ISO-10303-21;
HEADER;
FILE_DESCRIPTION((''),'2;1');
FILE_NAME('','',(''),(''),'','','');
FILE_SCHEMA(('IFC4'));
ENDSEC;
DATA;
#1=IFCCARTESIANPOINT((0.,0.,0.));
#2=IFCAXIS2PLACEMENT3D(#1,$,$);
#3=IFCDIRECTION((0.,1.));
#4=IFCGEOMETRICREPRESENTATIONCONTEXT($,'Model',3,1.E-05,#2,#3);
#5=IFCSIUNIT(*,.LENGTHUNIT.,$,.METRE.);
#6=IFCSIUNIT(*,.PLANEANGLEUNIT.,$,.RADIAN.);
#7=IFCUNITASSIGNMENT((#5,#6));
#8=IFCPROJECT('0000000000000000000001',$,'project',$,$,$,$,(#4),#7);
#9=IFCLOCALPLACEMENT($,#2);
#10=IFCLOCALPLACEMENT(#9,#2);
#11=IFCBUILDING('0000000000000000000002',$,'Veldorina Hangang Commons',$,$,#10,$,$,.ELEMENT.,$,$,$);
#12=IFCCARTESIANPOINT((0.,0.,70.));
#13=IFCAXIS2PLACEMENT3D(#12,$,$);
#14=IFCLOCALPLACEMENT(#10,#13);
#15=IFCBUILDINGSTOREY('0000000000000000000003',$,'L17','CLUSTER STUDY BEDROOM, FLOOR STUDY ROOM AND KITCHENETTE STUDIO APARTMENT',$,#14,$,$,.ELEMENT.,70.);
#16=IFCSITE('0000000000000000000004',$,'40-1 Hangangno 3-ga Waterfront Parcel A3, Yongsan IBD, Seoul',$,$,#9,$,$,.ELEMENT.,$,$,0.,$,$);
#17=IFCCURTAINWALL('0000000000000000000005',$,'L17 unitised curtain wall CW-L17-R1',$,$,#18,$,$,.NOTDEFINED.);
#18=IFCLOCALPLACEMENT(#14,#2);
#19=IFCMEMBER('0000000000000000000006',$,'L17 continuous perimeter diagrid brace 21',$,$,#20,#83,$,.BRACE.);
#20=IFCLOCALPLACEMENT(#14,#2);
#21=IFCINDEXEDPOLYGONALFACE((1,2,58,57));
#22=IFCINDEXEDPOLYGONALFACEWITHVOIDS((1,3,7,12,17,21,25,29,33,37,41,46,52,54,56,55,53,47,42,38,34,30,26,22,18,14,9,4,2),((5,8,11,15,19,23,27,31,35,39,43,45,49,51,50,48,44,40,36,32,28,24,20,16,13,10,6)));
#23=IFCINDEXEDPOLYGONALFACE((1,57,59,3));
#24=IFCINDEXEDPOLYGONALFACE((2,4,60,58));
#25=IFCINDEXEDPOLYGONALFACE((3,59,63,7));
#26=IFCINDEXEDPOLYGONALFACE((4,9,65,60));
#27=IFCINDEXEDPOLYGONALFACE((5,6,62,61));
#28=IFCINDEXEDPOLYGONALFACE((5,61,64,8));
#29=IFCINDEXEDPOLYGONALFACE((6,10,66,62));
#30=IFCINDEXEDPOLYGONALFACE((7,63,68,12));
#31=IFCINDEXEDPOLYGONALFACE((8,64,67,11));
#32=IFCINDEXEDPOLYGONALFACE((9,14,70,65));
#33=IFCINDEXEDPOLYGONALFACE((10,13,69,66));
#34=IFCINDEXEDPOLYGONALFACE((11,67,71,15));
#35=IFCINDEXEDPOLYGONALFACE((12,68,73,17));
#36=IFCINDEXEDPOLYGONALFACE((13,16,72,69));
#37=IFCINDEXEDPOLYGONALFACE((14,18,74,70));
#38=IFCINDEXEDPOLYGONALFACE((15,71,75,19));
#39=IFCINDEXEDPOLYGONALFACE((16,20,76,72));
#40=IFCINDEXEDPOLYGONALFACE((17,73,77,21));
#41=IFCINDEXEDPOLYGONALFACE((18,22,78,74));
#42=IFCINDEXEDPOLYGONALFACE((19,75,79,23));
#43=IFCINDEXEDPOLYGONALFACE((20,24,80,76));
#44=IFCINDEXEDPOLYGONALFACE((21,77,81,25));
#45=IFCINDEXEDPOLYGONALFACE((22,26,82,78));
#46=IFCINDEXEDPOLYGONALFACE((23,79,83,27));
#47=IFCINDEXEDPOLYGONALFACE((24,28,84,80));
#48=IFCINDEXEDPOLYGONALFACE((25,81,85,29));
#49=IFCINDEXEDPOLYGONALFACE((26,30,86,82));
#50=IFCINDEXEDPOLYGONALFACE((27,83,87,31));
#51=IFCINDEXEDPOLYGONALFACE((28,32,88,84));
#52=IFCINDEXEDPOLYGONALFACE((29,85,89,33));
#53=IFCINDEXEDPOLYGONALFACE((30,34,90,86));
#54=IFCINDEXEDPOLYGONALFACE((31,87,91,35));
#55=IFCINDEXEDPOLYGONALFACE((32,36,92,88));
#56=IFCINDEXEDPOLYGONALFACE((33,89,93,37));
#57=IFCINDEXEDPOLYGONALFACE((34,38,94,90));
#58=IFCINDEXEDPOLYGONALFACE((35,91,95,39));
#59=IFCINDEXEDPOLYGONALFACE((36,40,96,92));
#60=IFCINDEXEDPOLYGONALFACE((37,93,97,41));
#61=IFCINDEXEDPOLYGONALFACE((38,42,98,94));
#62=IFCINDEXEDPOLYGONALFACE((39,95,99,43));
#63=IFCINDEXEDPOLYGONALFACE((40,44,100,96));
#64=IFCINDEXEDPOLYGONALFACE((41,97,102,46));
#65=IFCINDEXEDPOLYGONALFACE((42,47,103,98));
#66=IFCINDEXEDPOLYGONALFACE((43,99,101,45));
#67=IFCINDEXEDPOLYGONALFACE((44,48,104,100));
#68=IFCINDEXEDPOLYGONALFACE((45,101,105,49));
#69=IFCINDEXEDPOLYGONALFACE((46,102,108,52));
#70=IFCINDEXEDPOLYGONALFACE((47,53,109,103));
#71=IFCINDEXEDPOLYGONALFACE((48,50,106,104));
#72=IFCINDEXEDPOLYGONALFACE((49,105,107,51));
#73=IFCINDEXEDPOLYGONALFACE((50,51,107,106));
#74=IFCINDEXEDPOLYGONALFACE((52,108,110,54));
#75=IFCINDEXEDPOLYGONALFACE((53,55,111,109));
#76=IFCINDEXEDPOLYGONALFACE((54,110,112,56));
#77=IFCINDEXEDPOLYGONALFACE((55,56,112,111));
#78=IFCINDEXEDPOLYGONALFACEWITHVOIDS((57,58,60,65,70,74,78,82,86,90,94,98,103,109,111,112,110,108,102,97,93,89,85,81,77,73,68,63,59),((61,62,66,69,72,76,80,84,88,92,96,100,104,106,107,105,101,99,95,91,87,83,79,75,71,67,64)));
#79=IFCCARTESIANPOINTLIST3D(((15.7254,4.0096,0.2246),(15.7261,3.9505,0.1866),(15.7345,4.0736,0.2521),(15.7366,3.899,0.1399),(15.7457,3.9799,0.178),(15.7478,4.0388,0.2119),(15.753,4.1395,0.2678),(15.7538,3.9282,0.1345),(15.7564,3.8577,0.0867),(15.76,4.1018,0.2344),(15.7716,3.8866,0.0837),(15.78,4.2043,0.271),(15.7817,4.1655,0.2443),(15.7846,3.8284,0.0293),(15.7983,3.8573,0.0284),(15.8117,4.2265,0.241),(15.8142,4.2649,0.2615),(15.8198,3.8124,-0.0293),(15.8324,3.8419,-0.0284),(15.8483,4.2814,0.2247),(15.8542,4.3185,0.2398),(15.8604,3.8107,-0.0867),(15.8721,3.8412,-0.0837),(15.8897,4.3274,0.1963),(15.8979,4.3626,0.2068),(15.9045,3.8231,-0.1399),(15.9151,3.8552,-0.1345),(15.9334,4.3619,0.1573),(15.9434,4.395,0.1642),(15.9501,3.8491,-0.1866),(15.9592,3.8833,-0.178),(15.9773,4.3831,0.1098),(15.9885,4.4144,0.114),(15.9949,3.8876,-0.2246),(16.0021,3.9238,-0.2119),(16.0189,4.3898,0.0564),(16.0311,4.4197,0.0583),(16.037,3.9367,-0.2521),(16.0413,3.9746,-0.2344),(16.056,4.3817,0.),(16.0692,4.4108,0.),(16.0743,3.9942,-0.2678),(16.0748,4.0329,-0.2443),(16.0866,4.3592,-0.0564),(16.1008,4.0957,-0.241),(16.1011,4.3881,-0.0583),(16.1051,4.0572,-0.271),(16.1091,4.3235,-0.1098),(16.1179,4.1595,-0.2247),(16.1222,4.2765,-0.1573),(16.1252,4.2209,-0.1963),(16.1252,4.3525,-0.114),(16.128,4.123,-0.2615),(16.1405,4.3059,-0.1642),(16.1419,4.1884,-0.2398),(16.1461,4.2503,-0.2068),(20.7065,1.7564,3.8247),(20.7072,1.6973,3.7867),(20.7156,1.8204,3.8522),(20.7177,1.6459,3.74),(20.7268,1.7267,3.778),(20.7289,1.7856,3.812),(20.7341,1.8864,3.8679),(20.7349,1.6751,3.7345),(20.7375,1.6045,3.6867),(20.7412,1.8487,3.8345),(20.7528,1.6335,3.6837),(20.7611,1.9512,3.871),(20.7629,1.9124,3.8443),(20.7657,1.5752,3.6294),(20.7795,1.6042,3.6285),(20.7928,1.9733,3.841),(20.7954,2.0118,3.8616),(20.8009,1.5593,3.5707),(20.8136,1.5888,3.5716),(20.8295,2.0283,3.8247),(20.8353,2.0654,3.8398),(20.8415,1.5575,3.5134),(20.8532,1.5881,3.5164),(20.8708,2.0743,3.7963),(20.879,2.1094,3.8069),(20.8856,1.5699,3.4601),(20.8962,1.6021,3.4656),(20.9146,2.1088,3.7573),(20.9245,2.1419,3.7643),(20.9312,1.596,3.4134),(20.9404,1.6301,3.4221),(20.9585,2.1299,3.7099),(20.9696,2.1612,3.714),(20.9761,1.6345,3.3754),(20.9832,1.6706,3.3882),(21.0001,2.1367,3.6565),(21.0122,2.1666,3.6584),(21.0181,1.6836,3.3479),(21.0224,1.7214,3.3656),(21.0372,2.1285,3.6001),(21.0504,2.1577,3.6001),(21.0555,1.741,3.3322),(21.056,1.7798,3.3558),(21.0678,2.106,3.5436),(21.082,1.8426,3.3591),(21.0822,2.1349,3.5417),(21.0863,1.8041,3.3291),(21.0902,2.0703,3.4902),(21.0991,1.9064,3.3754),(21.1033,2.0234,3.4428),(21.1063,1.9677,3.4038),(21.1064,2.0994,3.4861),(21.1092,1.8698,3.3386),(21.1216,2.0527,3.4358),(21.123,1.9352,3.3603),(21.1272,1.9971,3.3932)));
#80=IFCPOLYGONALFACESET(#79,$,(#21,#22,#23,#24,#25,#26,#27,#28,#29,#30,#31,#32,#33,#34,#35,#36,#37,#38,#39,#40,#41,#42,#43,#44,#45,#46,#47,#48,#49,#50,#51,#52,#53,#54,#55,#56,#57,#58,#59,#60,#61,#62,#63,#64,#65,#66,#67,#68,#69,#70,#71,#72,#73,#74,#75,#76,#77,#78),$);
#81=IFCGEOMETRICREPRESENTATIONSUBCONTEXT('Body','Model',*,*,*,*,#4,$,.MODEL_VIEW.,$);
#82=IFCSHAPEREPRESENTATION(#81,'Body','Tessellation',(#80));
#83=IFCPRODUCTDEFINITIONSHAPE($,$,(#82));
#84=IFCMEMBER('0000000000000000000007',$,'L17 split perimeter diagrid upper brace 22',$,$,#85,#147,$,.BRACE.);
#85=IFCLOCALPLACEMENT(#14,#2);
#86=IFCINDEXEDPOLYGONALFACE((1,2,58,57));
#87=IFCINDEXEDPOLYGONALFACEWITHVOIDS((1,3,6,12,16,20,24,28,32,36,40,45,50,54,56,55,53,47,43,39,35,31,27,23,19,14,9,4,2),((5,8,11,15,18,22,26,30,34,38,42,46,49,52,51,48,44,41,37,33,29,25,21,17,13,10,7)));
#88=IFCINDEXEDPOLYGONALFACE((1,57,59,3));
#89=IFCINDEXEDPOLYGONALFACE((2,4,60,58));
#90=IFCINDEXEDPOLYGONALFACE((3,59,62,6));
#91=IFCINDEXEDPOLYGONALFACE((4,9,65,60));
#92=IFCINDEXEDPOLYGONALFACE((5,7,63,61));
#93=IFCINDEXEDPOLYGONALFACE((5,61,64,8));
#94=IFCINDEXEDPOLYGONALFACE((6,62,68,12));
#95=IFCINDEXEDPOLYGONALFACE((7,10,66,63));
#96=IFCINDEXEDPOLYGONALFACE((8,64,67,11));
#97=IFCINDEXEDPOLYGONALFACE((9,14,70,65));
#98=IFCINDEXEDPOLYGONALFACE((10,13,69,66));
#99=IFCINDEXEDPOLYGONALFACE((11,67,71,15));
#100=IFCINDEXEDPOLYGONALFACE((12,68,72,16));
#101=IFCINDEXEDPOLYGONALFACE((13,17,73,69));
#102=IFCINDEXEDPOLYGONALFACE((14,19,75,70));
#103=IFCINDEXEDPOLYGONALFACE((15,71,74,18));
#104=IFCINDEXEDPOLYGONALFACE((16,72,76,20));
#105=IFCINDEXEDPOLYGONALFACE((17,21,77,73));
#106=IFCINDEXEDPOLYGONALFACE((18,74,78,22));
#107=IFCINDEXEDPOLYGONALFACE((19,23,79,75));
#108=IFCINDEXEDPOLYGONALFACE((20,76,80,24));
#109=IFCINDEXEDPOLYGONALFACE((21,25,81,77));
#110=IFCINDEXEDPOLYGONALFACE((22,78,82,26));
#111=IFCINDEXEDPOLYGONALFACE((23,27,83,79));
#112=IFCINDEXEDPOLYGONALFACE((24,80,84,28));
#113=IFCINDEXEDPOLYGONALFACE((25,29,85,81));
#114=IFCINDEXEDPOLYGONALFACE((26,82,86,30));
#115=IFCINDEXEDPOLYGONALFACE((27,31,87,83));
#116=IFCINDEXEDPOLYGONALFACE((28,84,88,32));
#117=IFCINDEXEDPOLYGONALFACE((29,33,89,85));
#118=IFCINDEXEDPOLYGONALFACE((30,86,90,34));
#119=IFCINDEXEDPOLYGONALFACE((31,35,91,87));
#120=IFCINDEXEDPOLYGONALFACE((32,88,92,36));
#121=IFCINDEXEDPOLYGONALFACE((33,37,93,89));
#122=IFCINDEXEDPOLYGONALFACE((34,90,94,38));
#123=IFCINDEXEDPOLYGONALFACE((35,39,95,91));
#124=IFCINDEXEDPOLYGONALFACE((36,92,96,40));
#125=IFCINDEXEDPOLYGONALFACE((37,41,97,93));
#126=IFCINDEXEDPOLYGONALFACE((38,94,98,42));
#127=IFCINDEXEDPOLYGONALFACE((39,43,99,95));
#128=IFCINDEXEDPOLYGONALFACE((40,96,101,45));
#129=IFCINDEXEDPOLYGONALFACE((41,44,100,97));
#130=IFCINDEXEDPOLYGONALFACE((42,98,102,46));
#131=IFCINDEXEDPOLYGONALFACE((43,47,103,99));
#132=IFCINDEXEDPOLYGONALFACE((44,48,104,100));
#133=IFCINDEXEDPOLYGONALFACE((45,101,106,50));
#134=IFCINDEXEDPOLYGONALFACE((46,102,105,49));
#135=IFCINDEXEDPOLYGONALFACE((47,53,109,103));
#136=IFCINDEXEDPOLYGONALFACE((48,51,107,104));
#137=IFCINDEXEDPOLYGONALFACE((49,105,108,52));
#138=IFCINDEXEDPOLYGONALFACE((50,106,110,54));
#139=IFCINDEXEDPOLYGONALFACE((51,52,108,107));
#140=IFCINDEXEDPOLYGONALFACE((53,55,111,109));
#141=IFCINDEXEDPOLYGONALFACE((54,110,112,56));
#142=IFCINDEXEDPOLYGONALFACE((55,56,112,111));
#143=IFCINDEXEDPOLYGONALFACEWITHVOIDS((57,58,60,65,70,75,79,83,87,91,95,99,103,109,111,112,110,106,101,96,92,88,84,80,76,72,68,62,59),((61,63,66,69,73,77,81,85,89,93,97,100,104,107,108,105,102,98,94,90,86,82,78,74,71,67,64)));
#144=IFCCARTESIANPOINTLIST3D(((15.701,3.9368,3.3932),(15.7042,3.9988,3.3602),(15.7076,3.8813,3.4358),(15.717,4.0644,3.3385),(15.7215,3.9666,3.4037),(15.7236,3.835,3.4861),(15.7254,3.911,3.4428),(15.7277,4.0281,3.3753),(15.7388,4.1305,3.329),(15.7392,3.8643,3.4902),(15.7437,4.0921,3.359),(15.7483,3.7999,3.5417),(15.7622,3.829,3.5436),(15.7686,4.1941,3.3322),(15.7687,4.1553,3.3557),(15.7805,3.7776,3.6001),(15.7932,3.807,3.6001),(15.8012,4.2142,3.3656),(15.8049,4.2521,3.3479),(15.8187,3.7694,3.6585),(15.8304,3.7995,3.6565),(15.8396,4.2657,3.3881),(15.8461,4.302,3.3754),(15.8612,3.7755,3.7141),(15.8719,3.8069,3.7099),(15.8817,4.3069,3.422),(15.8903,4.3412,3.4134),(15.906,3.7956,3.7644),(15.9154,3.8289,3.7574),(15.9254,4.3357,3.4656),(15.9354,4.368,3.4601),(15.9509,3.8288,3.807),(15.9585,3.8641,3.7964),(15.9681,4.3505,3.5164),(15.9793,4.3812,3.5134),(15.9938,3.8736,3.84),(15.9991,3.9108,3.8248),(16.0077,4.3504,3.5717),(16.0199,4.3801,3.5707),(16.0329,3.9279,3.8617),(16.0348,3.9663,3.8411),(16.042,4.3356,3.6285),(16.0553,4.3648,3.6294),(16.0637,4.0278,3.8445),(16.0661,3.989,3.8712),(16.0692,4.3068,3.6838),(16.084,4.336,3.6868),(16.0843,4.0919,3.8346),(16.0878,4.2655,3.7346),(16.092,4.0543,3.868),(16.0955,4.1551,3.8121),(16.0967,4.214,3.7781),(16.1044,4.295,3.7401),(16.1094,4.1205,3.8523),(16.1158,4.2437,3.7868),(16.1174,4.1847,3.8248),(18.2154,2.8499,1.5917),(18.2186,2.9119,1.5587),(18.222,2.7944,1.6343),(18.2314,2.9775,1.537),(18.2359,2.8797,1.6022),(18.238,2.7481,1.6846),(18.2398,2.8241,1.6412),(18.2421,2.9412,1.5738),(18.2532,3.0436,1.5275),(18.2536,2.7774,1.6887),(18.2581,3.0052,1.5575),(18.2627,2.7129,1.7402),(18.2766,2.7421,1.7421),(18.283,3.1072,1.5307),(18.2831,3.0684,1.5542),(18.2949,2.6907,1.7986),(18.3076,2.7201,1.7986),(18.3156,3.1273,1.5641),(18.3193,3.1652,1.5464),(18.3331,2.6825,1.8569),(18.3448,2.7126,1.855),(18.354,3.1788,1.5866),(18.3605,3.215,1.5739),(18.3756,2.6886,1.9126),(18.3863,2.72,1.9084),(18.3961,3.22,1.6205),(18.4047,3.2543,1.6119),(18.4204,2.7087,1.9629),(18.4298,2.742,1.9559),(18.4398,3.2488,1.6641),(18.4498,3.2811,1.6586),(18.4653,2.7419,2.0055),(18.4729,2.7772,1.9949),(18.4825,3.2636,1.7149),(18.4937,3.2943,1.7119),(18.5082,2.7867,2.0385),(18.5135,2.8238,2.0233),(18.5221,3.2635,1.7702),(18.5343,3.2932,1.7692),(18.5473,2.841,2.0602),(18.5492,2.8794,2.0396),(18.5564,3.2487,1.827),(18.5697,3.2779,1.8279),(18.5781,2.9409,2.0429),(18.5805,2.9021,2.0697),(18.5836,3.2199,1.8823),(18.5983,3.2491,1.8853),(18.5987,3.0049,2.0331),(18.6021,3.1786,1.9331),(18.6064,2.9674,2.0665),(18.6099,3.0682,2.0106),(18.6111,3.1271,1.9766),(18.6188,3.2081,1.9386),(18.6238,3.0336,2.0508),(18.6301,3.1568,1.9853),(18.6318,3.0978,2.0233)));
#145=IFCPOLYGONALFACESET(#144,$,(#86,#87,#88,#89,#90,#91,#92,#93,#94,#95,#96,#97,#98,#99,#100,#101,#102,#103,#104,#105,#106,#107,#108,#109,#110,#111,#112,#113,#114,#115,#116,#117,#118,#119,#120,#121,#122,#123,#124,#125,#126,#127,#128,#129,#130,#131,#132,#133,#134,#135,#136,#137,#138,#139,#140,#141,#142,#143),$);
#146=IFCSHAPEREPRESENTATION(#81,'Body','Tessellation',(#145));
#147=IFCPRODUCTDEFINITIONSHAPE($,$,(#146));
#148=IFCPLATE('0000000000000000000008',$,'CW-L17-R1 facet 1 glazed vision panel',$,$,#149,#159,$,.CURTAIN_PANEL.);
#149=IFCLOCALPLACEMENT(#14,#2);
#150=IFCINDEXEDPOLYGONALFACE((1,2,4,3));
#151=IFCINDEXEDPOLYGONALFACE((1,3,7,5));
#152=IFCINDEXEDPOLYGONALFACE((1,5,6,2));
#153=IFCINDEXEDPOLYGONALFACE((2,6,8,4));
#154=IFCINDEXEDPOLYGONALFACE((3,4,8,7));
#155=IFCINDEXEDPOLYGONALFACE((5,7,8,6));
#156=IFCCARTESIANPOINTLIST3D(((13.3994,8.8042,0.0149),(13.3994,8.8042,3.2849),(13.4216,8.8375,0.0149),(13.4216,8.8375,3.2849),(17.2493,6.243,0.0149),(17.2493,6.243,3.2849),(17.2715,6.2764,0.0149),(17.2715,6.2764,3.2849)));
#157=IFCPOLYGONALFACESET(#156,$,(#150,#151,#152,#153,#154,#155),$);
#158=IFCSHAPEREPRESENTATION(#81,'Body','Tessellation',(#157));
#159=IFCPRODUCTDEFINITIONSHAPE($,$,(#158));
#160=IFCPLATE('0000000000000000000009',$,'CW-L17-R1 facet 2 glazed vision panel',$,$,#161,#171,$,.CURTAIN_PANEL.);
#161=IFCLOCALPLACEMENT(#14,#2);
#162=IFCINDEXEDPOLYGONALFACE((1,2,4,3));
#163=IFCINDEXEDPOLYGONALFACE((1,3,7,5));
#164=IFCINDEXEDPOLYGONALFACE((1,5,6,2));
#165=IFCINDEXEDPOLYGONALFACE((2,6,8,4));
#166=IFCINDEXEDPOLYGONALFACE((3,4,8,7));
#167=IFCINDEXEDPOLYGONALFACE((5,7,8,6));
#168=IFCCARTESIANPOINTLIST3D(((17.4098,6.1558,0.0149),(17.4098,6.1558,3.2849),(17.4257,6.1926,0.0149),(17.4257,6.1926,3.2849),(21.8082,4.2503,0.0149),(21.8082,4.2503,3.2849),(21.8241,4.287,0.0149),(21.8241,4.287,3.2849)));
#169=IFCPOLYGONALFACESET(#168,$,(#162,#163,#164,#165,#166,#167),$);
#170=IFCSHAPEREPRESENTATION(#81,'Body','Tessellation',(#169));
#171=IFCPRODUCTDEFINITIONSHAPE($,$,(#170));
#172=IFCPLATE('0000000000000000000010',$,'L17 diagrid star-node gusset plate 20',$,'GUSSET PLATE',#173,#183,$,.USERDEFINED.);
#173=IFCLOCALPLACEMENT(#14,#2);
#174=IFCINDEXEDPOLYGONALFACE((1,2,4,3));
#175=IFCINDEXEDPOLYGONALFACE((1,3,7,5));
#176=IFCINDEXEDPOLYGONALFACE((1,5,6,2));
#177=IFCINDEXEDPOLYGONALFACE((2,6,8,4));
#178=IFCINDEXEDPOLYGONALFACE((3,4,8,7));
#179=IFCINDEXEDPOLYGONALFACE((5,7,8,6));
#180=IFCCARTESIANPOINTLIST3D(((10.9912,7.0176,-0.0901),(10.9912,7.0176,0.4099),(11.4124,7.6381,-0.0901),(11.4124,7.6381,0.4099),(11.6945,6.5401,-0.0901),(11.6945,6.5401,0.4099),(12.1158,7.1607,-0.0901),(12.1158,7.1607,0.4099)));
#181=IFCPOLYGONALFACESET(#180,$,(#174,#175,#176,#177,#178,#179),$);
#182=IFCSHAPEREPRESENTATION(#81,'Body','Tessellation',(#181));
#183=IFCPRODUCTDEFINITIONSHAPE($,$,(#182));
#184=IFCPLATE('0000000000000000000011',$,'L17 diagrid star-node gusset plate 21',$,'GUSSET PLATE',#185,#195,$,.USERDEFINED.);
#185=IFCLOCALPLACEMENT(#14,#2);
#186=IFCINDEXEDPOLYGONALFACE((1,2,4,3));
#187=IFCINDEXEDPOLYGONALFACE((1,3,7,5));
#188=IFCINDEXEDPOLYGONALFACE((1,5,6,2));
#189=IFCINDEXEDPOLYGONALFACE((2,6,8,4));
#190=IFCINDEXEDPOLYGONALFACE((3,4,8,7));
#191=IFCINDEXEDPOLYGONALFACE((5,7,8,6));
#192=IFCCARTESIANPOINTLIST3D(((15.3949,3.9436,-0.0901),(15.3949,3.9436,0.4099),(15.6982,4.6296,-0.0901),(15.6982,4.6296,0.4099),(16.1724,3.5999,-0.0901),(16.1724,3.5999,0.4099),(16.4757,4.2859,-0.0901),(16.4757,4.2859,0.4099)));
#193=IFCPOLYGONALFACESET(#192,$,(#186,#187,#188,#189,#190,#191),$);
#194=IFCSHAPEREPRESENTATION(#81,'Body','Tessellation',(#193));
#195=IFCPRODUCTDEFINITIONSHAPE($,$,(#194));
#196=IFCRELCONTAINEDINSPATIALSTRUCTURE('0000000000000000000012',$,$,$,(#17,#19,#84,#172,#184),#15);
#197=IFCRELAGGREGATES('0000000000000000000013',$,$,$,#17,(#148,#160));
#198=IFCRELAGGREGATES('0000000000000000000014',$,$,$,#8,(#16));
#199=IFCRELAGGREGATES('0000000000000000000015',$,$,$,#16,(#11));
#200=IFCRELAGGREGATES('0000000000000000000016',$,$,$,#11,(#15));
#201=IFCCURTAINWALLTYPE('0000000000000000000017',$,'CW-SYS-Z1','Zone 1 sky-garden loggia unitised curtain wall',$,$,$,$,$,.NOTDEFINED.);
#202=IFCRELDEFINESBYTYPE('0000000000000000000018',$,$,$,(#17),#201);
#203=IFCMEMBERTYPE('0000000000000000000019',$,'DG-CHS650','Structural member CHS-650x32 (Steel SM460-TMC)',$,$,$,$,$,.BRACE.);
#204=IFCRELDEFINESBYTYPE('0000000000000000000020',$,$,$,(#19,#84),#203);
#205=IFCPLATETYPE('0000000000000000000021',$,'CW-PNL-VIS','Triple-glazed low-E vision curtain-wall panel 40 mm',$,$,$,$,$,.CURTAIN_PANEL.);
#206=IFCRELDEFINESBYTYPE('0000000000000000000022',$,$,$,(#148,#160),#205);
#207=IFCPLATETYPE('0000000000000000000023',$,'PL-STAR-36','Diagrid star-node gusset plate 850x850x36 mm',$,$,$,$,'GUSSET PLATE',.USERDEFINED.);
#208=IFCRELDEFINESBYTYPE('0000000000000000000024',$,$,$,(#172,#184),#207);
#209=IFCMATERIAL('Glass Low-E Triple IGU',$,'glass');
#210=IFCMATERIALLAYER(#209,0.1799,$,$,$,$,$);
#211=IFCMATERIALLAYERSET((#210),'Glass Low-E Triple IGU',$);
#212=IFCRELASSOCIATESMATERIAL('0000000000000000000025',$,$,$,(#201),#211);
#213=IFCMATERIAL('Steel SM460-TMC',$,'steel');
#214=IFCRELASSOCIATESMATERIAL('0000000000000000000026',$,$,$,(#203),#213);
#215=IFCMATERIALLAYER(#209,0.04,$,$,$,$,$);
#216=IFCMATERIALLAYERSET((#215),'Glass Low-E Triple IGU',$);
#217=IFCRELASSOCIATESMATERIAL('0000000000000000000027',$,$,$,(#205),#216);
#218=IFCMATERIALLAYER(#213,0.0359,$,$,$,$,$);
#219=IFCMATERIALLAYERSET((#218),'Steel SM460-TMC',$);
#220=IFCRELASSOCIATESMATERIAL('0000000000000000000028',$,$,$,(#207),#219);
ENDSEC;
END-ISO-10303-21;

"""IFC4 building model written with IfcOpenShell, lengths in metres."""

from ifc_helpers import new_model, si_unit, direction, frame, origin, origin_2d, place, context, subcontext, project, spatial, rectangle, hollow_circle, extrude, material, layer, layer_set, material_profile, profile_set, type_object, element, aggregate, save


model = new_model("IFC4")

# Units and contexts
model_context = context("Model", 3, precision=1e-05, world=origin(), true_north=direction((0.0, 1.0)))
body_context = subcontext(model_context, "Body", "Model", "MODEL_VIEW")
ifc_project = project(units=[si_unit("LENGTHUNIT", "METRE"), si_unit("PLANEANGLEUNIT", "RADIAN")], contexts=[model_context])

# Site, building, storey
site_placement = place(None, origin())
site = spatial("IfcSite", under=ifc_project, at=site_placement, Name="40-1 Hangangno 3-ga Waterfront Parcel A3, Yongsan IBD, Seoul", CompositionType="ELEMENT", RefElevation=0.0)
building_placement = place(site_placement, origin())
building = spatial("IfcBuilding", under=site, at=building_placement, Name="Veldorina Hangang Commons", CompositionType="ELEMENT")
storey_placement = place(building_placement, frame((0.0, 0.0, 70.0)))
storey = spatial("IfcBuildingStorey", under=building, at=storey_placement, Name="L17", Description="CLUSTER STUDY BEDROOM, FLOOR STUDY ROOM AND KITCHENETTE STUDIO APARTMENT", CompositionType="ELEMENT", Elevation=70.0)

# Curtain wall
ifc_material_1 = material(Name="Glass Low-E Triple IGU", Category="glass")
ifc_layer_1 = layer(ifc_material_1, 0.1799)
ifc_layer_set_1 = layer_set([ifc_layer_1], Name="Glass Low-E Triple IGU")
curtain_wall_type = type_object("IfcCurtainWallType", Name="CW-SYS-Z1", Description="Zone 1 sky-garden loggia unitised curtain wall", PredefinedType="NOTDEFINED", material=ifc_layer_set_1)
curtain_wall_placement = place(storey_placement, origin())
curtain_wall = element("IfcCurtainWall", 1, at=curtain_wall_placement, inside=storey, type_object=curtain_wall_type, Name="L17 unitised curtain wall CW-L17-R1", PredefinedType="NOTDEFINED")

# Members
ifc_material_2 = material(Name="Steel SM460-TMC", Category="steel")
ifc_material_profile_1 = material_profile(ifc_material_2, hollow_circle(Radius=0.325, WallThickness=0.032, at=origin_2d()), Name="CHS-650x32")
ifc_profile_set_1 = profile_set([ifc_material_profile_1], Name="Steel SM460-TMC")
member_type_1 = type_object("IfcMemberType", Name="DG-CHS650", Description="Structural member CHS-650x32 (Steel SM460-TMC)", PredefinedType="BRACE", material=ifc_profile_set_1)
member_1_placement = place(storey_placement, frame((15.9353, 4.1147, 0.0), z_axis=(0.760956, -0.344207, 0.549971), x_axis=(0.412133, 0.911123, 0.0)))
element("IfcMember", 2, at=member_1_placement, inside=storey, type_object=member_type_1, Name="L17 continuous perimeter diagrid brace 21", PredefinedType="BRACE", context=body_context, shape_type="SweptSolid", body=[
    extrude(hollow_circle(Radius=0.325, WallThickness=0.032, at=origin_2d()), origin(), (0.0, 0.0, 1.0), 6.5459),
])
member_2_placement = place(storey_placement, frame((18.4238, 2.989, 1.7986), z_axis=(-0.76692, 0.33152, 0.54948), x_axis=(-0.396789, -0.91791, 0.0)))
element("IfcMember", 3, at=member_2_placement, inside=storey, type_object=member_type_1, Name="L17 split perimeter diagrid upper brace 22", PredefinedType="BRACE", context=body_context, shape_type="SweptSolid", body=[
    extrude(hollow_circle(Radius=0.325, WallThickness=0.032, at=origin_2d()), origin(), (0.0, 0.0, 1.0), 3.2786),
])

# Plates
ifc_layer_2 = layer(ifc_material_1, 0.04)
ifc_layer_set_2 = layer_set([ifc_layer_2], Name="Glass Low-E Triple IGU")
plate_type_1 = type_object("IfcPlateType", Name="CW-PNL-VIS", Description="Triple-glazed low-E vision curtain-wall panel 40 mm", PredefinedType="CURTAIN_PANEL", material=ifc_layer_set_2)
plate_1_placement = place(storey_placement, frame((15.3354, 7.5403, 0.0149), z_axis=(0.0, 0.0, 1.0), x_axis=(0.832593, -0.553886, 0.0)))
plate_1 = element("IfcPlate", 4, at=plate_1_placement, type_object=plate_type_1, Name="CW-L17-R1 facet 1 glazed vision panel", PredefinedType="CURTAIN_PANEL", context=body_context, shape_type="SweptSolid", body=[
    extrude(rectangle(XDim=4.624, YDim=0.04, at=origin_2d()), origin(), (0.0, 0.0, 1.0), 3.27),
])
plate_2_placement = place(storey_placement, frame((19.6169, 5.2214, 0.0149), z_axis=(0.0, 0.0, 1.0), x_axis=(0.917588, -0.397532, 0.0)))
plate_2 = element("IfcPlate", 5, at=plate_2_placement, type_object=plate_type_1, Name="CW-L17-R1 facet 2 glazed vision panel", PredefinedType="CURTAIN_PANEL", context=body_context, shape_type="SweptSolid", body=[
    extrude(rectangle(XDim=4.7935, YDim=0.04, at=origin_2d()), origin(), (0.0, 0.0, 1.0), 3.27),
])
aggregate(curtain_wall, [plate_1, plate_2])

# Plates
ifc_layer_3 = layer(ifc_material_2, 0.0359)
ifc_layer_set_3 = layer_set([ifc_layer_3], Name="Steel SM460-TMC")
plate_type_2 = type_object("IfcPlateType", Name="PL-STAR-36", Description="Diagrid star-node gusset plate 850x850x36 mm", ElementType="GUSSET PLATE", PredefinedType="USERDEFINED", material=ifc_layer_set_3)
for number, where, z_axis, x_axis, name in (
    (6, (11.5535, 7.0891, -0.0901), (0.0, 0.0, 1.0), (0.827394, -0.561621, 0.0), "L17 diagrid star-node gusset plate 20"),
    (7, (15.9353, 4.1147, -0.0901), (0.0, 0.0, 1.0), (0.914614, -0.404328, 0.0), "L17 diagrid star-node gusset plate 21"),
):
    element("IfcPlate", number, at=place(storey_placement, frame(where, z_axis=z_axis, x_axis=x_axis)), inside=storey, type_object=plate_type_2, Name=name, ObjectType="GUSSET PLATE", PredefinedType="USERDEFINED", context=body_context, shape_type="SweptSolid", body=[
        extrude(rectangle(XDim=0.8501, YDim=0.75, at=origin_2d()), origin(), (0.0, 0.0, 1.0), 0.5),
    ])

save(model, "model.ifc")
